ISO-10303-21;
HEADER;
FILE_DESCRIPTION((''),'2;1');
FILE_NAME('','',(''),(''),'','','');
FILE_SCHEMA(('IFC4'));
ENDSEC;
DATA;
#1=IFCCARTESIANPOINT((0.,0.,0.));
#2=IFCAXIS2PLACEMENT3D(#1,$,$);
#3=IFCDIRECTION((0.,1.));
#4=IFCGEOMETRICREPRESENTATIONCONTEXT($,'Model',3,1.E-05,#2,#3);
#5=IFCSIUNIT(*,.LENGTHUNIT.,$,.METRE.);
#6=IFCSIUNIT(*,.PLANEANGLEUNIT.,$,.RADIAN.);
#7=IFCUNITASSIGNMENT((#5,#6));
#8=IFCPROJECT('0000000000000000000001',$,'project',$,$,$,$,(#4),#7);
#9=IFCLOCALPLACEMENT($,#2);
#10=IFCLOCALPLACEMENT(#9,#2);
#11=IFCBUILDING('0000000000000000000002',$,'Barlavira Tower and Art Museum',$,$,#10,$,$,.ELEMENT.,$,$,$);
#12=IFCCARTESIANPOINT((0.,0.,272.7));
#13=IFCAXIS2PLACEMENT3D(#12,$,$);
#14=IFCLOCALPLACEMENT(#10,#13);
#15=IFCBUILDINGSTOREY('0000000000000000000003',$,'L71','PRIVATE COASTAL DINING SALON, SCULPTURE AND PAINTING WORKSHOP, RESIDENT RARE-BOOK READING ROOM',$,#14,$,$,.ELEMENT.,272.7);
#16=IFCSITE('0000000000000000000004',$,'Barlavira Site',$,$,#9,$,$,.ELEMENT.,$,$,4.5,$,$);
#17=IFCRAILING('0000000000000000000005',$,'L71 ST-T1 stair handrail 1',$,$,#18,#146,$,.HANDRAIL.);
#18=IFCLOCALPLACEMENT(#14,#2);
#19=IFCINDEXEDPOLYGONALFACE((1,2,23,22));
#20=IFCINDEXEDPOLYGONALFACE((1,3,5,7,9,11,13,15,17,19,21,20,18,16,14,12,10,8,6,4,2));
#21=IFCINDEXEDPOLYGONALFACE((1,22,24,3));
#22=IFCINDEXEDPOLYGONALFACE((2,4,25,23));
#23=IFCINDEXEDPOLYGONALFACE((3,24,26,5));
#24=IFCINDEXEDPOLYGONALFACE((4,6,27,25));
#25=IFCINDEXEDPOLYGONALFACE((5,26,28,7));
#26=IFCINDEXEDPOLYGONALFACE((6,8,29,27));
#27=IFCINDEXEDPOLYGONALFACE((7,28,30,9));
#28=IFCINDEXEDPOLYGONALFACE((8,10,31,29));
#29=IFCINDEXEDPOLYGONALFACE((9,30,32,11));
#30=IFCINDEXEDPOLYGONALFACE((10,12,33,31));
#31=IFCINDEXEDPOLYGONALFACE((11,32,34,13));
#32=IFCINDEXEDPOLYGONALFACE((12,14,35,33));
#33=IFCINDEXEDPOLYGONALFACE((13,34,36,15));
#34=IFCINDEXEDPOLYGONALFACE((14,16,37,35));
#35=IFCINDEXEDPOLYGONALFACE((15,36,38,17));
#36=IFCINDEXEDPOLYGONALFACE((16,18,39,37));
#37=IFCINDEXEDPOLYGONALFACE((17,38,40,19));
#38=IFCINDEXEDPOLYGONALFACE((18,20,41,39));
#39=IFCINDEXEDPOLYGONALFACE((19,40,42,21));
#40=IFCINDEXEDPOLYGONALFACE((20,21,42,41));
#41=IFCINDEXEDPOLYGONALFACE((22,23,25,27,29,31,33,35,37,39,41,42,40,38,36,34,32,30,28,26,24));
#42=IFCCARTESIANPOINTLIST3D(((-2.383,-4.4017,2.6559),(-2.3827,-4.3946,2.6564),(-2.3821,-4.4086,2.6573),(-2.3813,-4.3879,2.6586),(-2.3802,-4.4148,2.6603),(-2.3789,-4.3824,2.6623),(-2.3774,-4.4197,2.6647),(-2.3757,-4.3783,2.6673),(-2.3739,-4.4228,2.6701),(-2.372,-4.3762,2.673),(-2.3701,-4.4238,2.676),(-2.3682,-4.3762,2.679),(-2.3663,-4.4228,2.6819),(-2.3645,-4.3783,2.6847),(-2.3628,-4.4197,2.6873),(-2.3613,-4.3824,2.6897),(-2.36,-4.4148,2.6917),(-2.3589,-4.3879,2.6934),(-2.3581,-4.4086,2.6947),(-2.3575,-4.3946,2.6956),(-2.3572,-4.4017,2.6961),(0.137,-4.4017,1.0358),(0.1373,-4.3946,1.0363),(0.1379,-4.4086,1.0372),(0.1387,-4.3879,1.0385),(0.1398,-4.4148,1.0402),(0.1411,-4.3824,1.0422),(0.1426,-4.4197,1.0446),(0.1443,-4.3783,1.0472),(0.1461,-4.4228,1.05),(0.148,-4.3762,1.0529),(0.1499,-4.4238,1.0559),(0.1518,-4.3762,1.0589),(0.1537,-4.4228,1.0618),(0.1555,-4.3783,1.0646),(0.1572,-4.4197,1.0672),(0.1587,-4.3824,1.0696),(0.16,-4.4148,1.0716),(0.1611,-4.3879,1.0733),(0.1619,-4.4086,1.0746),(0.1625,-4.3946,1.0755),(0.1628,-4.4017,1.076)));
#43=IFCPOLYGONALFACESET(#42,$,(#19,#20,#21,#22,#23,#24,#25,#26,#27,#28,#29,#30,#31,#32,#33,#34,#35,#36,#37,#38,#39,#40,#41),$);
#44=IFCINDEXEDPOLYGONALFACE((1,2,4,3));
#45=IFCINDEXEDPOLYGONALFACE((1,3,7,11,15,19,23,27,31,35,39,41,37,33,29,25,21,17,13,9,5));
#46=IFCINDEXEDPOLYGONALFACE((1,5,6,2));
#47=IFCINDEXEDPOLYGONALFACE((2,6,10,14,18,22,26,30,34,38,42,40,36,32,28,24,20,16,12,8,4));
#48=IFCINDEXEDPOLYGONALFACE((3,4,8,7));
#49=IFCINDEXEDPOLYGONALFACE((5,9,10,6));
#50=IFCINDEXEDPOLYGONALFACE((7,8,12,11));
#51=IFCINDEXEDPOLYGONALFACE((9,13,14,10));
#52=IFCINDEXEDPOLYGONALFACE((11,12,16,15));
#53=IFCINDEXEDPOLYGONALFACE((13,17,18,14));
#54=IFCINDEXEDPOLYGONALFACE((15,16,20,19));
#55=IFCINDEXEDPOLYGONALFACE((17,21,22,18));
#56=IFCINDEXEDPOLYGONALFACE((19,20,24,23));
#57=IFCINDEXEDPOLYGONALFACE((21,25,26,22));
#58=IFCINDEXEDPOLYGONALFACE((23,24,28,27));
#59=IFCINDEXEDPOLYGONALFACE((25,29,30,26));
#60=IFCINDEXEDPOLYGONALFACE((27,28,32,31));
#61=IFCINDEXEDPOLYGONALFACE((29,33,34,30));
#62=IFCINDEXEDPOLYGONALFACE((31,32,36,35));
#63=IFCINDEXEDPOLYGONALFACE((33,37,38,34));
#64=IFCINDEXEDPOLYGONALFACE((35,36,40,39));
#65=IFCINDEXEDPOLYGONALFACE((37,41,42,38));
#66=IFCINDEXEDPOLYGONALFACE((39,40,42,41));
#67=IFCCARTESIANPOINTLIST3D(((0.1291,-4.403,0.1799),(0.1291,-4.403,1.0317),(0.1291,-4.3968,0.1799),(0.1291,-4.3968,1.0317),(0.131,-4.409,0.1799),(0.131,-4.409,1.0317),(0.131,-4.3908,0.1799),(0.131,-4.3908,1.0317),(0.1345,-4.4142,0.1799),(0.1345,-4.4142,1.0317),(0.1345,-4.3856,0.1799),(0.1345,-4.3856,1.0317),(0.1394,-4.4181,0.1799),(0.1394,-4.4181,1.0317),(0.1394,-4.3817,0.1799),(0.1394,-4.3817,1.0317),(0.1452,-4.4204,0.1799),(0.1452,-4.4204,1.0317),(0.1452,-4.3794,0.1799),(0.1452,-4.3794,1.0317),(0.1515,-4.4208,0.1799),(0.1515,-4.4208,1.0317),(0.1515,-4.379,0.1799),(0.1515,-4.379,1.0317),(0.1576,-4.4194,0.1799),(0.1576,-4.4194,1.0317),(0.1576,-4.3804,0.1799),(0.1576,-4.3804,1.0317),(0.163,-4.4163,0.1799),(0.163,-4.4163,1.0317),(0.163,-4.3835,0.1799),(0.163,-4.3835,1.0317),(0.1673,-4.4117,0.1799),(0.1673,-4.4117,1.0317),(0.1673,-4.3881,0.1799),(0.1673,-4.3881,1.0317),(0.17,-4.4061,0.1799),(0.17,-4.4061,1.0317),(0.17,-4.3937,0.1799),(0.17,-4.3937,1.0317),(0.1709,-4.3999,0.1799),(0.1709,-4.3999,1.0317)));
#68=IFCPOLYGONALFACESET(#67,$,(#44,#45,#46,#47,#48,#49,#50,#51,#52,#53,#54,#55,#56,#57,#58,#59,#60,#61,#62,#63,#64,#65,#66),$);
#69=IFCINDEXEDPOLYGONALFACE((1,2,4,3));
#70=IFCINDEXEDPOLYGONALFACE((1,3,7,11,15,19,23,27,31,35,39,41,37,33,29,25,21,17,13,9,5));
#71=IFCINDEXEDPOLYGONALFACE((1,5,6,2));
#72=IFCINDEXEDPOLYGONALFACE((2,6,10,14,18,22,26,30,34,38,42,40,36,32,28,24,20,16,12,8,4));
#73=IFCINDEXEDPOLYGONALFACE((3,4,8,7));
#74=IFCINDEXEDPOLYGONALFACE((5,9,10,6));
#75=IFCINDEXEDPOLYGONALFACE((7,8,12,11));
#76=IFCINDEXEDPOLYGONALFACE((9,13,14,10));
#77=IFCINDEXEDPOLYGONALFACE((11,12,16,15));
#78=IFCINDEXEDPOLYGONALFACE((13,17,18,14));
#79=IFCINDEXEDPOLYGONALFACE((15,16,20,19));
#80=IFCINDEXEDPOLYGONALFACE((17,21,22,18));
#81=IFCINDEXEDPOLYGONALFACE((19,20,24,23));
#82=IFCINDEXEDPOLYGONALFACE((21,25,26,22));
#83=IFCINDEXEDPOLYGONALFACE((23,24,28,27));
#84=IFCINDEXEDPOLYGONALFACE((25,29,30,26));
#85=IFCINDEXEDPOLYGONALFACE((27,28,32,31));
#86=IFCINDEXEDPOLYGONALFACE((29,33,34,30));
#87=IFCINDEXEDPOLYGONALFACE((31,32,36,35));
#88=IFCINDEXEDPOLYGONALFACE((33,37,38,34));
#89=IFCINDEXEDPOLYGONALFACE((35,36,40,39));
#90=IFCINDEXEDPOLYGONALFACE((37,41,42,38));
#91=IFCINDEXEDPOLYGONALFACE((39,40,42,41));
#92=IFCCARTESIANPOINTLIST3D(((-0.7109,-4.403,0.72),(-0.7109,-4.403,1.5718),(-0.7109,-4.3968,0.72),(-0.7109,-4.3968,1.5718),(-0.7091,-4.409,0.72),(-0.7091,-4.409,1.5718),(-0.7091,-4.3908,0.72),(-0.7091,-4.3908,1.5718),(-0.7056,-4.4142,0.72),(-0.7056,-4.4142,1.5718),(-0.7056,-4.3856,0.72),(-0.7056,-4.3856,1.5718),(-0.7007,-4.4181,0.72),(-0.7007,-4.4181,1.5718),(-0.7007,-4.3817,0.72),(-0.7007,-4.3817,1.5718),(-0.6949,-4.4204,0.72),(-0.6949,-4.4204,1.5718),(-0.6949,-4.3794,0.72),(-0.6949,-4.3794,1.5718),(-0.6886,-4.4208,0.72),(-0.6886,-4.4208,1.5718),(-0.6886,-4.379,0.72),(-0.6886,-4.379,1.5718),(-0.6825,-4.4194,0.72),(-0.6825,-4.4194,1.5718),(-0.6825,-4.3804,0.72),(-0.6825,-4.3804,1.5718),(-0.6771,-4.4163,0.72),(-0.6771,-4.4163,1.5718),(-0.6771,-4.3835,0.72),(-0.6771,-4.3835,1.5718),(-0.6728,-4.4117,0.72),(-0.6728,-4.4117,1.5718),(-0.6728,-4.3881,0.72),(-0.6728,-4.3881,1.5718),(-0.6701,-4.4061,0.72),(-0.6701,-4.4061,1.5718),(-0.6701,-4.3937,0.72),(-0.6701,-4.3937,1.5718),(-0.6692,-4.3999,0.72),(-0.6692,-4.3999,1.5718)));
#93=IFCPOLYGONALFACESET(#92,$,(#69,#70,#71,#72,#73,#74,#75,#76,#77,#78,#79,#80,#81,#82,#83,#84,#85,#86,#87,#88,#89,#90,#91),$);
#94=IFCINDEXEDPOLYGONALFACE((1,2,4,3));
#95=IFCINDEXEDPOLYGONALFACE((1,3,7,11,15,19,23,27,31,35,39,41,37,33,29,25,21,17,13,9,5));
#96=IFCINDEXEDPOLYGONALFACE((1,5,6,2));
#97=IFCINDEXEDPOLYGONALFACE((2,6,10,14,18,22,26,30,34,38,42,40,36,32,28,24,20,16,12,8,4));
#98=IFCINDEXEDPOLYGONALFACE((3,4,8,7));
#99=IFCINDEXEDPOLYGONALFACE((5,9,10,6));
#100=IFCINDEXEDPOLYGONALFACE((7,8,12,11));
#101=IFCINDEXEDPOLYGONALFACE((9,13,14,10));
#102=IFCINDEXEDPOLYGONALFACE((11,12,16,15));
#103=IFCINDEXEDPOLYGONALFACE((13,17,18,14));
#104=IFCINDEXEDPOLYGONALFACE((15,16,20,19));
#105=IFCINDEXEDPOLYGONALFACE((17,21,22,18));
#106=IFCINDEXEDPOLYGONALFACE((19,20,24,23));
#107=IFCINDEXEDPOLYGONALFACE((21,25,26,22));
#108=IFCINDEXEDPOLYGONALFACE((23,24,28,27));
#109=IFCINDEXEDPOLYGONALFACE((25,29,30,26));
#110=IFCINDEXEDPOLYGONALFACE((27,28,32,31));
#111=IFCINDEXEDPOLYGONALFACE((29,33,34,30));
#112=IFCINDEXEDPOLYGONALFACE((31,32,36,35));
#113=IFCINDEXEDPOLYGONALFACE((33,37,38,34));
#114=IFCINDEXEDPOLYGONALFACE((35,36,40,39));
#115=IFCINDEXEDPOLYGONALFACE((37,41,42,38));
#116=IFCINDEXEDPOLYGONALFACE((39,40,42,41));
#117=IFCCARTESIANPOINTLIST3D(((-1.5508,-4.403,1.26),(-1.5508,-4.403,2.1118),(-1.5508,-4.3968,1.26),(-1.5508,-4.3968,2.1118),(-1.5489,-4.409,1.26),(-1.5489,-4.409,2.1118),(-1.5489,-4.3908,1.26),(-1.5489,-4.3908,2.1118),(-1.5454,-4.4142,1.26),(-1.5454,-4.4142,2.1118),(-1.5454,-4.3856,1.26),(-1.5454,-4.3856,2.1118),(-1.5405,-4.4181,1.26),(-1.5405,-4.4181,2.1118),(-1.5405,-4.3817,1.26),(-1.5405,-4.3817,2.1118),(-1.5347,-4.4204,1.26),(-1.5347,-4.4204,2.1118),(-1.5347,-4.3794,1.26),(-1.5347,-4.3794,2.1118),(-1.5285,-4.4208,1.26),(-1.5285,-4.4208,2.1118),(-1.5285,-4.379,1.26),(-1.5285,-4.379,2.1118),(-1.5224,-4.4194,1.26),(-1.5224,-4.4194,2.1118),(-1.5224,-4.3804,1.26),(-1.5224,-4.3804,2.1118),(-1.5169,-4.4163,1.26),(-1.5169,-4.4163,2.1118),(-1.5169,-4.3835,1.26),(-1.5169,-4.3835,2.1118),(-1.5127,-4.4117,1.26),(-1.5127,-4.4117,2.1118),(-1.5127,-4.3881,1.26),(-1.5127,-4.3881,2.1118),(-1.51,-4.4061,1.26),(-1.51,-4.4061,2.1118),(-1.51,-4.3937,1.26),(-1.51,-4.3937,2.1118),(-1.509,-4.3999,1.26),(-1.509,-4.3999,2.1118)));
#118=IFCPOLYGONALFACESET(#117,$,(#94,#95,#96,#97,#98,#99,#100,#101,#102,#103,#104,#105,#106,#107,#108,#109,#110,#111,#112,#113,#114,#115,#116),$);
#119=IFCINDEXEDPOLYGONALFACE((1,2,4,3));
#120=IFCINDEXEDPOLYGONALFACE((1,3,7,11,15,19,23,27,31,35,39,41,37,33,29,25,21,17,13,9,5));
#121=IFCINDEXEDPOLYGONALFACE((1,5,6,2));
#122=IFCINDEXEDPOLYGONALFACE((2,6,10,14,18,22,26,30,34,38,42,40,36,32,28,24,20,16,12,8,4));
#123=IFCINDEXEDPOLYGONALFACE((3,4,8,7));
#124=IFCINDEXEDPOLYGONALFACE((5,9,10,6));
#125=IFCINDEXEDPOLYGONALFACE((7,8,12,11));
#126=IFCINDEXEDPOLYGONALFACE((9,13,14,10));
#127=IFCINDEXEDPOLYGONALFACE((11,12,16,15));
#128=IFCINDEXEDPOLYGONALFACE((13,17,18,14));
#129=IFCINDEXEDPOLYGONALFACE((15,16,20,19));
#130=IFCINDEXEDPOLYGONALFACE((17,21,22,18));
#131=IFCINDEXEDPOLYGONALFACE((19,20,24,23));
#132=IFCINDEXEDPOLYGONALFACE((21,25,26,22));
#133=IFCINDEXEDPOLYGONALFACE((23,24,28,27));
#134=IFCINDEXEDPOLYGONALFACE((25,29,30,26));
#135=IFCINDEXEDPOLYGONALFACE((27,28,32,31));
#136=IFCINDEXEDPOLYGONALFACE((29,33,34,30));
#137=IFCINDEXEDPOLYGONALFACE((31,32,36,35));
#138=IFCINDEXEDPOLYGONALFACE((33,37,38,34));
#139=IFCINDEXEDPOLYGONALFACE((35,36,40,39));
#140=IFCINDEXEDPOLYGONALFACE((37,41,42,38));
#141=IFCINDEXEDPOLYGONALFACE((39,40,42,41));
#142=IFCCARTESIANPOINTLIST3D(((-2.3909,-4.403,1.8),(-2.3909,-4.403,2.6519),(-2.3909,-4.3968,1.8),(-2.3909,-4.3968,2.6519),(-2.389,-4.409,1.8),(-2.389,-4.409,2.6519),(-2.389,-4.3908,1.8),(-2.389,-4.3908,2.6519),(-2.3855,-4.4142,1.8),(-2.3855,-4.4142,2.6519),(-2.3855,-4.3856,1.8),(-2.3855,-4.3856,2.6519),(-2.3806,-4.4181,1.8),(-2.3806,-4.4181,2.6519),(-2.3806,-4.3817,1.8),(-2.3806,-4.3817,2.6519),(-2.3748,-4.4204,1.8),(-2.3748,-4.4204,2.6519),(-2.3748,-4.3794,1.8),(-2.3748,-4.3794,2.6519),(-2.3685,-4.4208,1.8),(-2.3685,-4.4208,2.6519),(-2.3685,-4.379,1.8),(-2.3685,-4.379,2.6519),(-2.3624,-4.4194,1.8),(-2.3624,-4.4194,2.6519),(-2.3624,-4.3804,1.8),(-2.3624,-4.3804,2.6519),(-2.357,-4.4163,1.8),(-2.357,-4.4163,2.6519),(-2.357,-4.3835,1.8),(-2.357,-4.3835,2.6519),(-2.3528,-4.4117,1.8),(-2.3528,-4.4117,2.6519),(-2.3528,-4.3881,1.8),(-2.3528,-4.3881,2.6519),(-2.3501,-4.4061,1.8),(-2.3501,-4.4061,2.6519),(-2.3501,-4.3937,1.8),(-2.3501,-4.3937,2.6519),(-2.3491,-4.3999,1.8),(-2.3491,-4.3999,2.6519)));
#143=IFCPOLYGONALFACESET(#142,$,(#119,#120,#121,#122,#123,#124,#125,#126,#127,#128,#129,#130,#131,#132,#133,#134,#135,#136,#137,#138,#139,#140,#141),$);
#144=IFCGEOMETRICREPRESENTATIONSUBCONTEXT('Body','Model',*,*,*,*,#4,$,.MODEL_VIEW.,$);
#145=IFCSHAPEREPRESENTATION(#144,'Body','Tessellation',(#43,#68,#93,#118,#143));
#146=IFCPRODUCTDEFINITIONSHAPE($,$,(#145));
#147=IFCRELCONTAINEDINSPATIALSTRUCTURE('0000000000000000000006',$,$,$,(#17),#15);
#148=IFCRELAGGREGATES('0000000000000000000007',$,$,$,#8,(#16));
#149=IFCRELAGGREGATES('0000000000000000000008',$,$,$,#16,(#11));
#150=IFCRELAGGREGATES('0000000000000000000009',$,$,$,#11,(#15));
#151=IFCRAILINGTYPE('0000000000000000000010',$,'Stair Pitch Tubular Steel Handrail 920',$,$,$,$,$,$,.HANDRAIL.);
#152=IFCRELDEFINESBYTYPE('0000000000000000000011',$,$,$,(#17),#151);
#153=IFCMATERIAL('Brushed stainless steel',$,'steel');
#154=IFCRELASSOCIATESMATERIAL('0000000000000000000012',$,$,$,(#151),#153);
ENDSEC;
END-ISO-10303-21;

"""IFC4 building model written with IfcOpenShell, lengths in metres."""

from ifc_helpers import new_model, si_unit, direction, frame, origin, origin_2d, place, context, subcontext, project, spatial, circle, extrude, material, type_object, element, save


model = new_model("IFC4")

# Units and contexts
model_context = context("Model", 3, precision=1e-05, world=origin(), true_north=direction((0.0, 1.0)))
body_context = subcontext(model_context, "Body", "Model", "MODEL_VIEW")
ifc_project = project(units=[si_unit("LENGTHUNIT", "METRE"), si_unit("PLANEANGLEUNIT", "RADIAN")], contexts=[model_context])

# Site, building, storey
site_placement = place(None, origin())
site = spatial("IfcSite", under=ifc_project, at=site_placement, Name="Barlavira Site", CompositionType="ELEMENT", RefElevation=4.5)
building_placement = place(site_placement, origin())
building = spatial("IfcBuilding", under=site, at=building_placement, Name="Barlavira Tower and Art Museum", CompositionType="ELEMENT")
storey_placement = place(building_placement, frame((0.0, 0.0, 272.7)))
storey = spatial("IfcBuildingStorey", under=building, at=storey_placement, Name="L71", Description="PRIVATE COASTAL DINING SALON, SCULPTURE AND PAINTING WORKSHOP, RESIDENT RARE-BOOK READING ROOM", CompositionType="ELEMENT", Elevation=272.7)

# Shared definitions
ifc_material_1 = material(Name="Brushed stainless steel", Category="steel")

# Railing
railing_type_1 = type_object("IfcRailingType", Name="Stair Pitch Tubular Steel Handrail 920", PredefinedType="HANDRAIL", material=ifc_material_1)
railing_1_placement = place(storey_placement, frame((0.1499, -4.3999, 0.1799)))
element("IfcRailing", 1, at=railing_1_placement, inside=storey, type_object=railing_type_1, Name="L71 ST-T1 stair handrail 1", PredefinedType="HANDRAIL", context=body_context, shape_type="SweptSolid", body=[
    extrude(circle(Radius=0.0239, at=origin_2d()), frame((0.0, 0.0, 0.876), z_axis=(-0.841163, 0.0, 0.540782), x_axis=(0.0, -1.0, 0.0)), (0.0, 0.0, 1.0), 2.9958),
    extrude(circle(Radius=0.021, at=origin_2d()), origin(), (0.0, 0.0, 1.0), 0.8518),
    extrude(circle(Radius=0.021, at=origin_2d()), frame((-0.8401, 0.0, 0.54)), (0.0, 0.0, 1.0), 0.8518),
    extrude(circle(Radius=0.021, at=origin_2d()), frame((-1.6799, 0.0, 1.0801)), (0.0, 0.0, 1.0), 0.8518),
    extrude(circle(Radius=0.021, at=origin_2d()), frame((-2.52, 0.0, 1.6201)), (0.0, 0.0, 1.0), 0.8518),
])

save(model, "model.ifc")
